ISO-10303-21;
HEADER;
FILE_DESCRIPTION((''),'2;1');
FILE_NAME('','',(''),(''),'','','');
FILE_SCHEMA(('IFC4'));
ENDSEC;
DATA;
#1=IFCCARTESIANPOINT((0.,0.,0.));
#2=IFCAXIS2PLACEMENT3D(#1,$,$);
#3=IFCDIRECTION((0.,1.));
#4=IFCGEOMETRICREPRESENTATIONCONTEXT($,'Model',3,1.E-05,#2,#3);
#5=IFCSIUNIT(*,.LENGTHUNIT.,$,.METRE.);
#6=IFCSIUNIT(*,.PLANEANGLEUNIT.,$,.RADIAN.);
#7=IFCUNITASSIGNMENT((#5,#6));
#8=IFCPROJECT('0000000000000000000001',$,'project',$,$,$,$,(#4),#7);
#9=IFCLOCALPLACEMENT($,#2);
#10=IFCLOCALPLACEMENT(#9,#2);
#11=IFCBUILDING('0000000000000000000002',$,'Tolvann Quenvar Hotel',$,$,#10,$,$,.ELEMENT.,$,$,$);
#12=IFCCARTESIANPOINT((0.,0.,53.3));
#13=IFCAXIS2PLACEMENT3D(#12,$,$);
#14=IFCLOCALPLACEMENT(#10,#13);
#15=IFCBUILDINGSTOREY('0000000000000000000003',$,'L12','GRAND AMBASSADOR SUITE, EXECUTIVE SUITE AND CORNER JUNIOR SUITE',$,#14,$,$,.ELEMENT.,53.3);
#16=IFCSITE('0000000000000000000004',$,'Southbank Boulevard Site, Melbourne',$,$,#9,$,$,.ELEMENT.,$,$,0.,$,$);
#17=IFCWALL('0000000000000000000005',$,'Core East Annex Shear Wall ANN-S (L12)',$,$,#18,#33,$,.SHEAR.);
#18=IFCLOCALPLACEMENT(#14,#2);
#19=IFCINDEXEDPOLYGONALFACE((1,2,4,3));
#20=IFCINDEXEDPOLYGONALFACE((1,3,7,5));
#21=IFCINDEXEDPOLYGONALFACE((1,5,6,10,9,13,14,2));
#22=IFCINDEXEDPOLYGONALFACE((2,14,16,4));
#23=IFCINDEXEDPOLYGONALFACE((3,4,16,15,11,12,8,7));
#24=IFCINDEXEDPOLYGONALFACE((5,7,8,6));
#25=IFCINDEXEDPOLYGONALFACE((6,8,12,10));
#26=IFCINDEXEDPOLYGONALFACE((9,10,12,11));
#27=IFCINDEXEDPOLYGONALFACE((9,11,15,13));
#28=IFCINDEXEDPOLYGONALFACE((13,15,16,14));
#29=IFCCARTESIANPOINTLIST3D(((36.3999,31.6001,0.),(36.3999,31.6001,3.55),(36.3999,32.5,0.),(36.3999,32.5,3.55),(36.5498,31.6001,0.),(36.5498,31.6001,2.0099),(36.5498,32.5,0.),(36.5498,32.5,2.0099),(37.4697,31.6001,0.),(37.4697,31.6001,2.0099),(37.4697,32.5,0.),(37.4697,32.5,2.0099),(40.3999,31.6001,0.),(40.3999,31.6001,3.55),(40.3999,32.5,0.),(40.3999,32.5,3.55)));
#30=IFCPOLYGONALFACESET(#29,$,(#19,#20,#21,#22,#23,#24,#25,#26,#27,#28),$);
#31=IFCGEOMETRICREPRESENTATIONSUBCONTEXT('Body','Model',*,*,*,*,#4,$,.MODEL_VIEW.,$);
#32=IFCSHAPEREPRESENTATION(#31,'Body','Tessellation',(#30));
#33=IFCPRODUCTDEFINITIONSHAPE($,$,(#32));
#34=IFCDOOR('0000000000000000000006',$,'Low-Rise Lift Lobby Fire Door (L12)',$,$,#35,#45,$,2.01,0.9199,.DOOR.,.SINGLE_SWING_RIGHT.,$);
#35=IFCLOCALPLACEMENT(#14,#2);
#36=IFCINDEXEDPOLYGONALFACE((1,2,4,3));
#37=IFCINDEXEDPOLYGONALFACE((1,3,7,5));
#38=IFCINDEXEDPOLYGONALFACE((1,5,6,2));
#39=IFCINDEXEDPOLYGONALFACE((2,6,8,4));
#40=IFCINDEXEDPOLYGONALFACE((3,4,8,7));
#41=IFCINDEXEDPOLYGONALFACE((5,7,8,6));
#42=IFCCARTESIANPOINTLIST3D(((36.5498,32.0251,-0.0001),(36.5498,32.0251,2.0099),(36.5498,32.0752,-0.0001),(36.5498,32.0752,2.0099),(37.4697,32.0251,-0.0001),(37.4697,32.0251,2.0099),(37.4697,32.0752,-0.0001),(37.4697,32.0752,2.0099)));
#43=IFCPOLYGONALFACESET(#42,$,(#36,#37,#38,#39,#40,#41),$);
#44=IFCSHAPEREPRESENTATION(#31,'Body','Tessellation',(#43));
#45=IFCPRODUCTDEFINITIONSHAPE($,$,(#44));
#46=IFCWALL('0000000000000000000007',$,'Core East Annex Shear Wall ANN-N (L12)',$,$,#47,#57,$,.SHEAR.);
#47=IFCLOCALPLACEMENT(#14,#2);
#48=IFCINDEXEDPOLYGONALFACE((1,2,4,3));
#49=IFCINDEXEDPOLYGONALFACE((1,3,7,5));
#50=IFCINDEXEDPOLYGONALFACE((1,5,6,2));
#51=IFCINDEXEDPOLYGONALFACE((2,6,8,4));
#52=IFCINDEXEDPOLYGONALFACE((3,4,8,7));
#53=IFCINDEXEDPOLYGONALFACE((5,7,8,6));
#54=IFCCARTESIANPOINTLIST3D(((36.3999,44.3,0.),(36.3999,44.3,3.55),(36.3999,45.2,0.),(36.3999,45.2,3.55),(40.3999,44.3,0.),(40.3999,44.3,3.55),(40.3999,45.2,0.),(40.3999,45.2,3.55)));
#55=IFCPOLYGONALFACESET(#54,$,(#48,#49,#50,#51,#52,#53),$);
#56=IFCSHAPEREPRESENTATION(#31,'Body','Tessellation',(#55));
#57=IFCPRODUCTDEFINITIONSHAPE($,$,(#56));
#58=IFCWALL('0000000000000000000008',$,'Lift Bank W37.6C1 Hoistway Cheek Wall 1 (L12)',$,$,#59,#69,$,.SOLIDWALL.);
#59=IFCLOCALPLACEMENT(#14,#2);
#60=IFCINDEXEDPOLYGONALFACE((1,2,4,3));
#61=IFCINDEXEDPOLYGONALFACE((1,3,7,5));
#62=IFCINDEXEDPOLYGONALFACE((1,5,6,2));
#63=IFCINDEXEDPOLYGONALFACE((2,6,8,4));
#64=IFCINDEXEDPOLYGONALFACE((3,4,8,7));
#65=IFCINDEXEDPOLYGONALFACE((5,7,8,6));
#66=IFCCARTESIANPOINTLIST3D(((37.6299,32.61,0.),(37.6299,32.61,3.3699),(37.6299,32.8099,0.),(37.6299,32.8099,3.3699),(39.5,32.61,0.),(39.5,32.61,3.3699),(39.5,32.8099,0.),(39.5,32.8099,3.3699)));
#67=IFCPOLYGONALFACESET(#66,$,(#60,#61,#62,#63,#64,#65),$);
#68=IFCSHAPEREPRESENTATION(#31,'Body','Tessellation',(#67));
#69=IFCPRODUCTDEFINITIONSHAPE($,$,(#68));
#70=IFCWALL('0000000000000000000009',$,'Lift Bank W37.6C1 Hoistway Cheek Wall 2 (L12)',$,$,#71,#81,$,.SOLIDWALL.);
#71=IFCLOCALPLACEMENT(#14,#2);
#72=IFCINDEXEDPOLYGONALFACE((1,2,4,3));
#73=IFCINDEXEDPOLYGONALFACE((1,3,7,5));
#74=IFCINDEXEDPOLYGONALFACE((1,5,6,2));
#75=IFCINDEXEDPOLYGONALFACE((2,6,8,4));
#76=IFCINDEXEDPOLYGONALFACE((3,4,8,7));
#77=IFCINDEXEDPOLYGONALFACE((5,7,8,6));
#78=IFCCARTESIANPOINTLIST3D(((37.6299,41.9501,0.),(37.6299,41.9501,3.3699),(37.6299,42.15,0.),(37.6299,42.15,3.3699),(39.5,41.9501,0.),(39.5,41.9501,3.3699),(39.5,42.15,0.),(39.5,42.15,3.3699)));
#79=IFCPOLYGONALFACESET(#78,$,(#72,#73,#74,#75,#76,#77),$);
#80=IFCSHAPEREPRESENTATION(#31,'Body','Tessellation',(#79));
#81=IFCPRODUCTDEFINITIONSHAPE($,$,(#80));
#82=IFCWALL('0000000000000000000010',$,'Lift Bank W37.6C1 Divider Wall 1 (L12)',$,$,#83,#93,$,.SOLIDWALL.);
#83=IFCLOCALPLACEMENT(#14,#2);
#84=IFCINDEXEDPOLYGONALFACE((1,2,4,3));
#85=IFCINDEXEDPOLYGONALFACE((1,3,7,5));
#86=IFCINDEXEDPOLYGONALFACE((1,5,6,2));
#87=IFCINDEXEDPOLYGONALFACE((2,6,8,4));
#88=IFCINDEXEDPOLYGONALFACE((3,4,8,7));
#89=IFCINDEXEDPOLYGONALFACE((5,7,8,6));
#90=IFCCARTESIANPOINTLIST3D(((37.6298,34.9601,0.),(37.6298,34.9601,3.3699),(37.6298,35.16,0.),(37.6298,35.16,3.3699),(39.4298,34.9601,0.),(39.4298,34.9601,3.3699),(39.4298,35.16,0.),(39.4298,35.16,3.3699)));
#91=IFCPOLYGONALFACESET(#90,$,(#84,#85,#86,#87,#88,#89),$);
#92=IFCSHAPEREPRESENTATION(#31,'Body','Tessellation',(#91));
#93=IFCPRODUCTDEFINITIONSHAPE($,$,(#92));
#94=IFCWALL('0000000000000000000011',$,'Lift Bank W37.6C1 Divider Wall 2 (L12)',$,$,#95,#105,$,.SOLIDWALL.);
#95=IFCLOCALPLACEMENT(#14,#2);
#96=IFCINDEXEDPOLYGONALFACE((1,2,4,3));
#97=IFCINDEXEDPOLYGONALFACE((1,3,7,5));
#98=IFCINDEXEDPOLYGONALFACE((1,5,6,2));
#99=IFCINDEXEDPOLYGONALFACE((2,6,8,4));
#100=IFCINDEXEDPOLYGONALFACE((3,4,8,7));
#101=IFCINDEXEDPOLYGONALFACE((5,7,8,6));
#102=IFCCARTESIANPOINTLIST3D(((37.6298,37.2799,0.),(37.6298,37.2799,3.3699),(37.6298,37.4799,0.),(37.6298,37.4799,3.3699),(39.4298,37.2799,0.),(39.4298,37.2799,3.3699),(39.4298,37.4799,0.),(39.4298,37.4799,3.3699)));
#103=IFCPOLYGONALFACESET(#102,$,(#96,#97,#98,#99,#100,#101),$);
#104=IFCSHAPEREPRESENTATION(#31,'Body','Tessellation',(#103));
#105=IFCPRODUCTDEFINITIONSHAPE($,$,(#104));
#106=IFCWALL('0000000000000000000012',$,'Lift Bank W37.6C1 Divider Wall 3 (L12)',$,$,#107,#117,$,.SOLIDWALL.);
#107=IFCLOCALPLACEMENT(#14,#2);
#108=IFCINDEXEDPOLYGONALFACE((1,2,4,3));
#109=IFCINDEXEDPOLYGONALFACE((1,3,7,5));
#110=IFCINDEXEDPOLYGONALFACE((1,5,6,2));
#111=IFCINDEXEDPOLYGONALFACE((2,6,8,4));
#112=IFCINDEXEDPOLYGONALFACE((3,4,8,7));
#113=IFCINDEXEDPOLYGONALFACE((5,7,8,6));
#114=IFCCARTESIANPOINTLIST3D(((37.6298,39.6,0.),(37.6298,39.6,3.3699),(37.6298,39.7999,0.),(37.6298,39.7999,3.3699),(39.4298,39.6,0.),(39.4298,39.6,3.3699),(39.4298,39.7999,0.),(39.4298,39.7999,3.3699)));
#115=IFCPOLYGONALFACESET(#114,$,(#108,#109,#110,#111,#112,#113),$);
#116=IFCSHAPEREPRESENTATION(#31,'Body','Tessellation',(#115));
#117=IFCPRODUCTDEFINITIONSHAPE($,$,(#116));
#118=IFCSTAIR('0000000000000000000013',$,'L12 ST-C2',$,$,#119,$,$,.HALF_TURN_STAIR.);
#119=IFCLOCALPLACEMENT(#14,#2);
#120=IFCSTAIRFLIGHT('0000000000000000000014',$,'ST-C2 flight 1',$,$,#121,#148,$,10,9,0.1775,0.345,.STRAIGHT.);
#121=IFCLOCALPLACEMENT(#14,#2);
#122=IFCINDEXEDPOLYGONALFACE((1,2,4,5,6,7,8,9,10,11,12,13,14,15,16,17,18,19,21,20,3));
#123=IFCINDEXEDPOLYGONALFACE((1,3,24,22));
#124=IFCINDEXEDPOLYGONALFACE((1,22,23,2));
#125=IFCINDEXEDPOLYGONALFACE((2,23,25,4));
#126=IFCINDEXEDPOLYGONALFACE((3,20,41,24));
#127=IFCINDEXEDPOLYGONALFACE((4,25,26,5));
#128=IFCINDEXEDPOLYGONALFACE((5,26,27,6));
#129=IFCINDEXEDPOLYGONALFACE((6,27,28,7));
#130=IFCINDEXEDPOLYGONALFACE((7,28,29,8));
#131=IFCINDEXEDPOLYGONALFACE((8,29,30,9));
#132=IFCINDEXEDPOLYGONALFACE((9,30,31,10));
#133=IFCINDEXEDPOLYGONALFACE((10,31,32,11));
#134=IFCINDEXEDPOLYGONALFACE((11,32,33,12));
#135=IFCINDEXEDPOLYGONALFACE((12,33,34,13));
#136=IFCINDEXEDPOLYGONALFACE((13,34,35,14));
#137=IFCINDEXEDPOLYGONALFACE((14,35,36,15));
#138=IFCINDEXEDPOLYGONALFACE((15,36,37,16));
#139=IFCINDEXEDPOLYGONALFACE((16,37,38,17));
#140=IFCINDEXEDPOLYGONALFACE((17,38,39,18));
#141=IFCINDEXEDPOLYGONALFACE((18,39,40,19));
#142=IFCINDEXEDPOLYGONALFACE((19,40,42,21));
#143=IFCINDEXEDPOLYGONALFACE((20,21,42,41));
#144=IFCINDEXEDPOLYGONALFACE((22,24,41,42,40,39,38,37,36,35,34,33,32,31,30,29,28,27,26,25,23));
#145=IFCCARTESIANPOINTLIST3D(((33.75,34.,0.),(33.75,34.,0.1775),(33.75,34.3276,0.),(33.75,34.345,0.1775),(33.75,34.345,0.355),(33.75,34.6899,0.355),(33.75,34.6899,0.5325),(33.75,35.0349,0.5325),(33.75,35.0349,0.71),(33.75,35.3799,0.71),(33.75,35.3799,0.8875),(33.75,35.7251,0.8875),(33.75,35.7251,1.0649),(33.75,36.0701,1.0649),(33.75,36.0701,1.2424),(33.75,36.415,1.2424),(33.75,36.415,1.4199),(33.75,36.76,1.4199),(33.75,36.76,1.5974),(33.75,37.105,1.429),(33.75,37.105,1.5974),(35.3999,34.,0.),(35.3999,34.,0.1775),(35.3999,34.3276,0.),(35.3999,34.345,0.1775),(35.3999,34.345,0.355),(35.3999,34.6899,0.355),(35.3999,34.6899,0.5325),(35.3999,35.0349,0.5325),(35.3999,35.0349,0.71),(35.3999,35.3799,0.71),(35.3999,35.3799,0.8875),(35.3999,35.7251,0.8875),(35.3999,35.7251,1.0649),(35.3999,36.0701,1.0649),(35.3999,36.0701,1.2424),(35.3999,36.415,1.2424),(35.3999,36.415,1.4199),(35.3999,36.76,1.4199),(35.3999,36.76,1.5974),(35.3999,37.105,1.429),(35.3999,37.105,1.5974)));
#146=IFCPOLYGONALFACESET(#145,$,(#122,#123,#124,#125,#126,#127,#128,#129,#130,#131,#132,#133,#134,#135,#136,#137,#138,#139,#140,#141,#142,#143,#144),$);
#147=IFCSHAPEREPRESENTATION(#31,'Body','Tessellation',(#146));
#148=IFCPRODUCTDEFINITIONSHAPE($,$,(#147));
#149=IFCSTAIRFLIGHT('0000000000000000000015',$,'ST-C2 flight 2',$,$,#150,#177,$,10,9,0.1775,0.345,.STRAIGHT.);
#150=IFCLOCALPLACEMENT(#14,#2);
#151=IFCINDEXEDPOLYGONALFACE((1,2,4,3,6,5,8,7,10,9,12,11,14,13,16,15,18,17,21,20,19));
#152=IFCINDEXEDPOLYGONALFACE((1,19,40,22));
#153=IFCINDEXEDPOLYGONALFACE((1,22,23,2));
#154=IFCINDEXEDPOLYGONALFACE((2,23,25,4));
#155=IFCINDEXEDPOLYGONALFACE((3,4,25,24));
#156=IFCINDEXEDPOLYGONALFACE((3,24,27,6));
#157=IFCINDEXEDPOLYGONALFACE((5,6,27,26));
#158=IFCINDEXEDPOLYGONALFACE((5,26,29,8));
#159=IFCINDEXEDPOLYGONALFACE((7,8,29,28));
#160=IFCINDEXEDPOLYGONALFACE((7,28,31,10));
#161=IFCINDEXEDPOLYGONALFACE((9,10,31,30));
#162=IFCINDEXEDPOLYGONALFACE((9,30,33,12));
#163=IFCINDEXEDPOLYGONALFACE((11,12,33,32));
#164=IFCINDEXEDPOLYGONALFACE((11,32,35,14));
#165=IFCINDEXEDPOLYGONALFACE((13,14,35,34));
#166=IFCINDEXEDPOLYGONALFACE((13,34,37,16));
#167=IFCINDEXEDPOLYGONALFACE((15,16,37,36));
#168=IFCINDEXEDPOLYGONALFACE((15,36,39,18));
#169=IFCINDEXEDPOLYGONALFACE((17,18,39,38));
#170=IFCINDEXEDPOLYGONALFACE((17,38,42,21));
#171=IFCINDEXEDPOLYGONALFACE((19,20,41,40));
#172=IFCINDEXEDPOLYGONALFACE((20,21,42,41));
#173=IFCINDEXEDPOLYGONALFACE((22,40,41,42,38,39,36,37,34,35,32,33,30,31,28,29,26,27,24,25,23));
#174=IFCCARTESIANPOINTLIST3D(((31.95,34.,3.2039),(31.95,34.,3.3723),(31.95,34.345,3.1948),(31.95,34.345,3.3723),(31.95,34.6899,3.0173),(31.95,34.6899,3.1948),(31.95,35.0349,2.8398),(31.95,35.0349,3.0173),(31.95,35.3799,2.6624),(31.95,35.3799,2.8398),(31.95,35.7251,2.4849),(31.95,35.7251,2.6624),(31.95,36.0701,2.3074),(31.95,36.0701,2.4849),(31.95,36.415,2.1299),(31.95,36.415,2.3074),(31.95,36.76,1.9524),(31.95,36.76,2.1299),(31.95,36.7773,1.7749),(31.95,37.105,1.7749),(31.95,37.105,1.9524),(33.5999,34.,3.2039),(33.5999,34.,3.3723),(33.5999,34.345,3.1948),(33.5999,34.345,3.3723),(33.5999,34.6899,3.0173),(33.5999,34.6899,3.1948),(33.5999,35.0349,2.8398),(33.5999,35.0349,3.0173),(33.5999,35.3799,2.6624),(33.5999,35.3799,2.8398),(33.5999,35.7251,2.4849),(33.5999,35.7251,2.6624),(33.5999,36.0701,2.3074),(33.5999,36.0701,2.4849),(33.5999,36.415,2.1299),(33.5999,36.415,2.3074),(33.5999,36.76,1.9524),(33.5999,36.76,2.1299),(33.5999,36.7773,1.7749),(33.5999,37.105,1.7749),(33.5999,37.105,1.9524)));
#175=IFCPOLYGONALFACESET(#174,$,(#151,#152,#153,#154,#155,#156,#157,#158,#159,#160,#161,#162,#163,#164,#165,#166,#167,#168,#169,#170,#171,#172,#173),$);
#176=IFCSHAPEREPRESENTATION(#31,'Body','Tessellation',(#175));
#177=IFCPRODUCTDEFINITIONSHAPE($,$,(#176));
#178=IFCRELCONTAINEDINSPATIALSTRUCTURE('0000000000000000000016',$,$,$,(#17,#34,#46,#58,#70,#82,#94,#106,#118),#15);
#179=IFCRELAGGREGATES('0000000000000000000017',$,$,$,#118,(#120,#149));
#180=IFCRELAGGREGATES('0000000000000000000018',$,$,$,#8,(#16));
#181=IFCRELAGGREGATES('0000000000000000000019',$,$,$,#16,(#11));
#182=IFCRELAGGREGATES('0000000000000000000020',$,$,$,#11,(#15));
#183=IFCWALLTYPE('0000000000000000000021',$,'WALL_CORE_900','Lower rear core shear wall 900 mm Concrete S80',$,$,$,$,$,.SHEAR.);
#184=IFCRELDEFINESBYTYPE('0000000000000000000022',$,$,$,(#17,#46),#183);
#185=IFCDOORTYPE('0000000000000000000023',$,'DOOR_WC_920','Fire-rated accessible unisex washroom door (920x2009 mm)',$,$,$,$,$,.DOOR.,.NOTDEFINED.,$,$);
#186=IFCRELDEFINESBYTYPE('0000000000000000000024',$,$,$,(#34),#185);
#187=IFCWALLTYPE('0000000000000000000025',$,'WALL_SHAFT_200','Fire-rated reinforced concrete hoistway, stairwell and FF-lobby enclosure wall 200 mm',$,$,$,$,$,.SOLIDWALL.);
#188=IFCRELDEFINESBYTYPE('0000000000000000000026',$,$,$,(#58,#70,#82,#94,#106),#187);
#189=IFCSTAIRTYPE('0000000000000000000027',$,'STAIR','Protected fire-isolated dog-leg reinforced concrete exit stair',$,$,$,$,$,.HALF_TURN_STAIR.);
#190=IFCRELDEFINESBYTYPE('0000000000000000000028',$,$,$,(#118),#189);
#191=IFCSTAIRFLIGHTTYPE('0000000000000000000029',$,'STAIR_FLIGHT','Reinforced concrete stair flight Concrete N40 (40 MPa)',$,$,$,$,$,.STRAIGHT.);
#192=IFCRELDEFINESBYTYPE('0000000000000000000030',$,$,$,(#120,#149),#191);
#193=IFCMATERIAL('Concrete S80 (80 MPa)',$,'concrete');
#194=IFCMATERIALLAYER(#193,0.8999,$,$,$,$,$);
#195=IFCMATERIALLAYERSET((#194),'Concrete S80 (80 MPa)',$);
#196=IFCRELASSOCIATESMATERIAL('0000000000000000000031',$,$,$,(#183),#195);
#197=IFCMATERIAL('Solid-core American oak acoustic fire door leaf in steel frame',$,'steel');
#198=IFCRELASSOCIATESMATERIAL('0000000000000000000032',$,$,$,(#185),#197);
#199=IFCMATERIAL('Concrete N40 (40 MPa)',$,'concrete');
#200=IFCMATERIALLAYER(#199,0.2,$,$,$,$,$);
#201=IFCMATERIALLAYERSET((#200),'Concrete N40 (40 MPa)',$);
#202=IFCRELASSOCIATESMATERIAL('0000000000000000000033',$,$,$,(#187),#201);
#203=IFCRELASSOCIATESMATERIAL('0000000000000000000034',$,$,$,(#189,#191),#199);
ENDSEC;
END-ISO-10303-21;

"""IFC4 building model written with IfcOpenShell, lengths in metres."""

from ifc_helpers import new_model, si_unit, direction, frame, frame_2d, origin, place, context, subcontext, project, spatial, polyline, rectangle, outline, extrude, source, transform, mapped, material, layer, layer_set, type_object, type_shapes, element, fill, aggregate, save


model = new_model("IFC4")

# Units and contexts
model_context = context("Model", 3, precision=1e-05, world=origin(), true_north=direction((0.0, 1.0)))
body_context = subcontext(model_context, "Body", "Model", "MODEL_VIEW")
ifc_project = project(units=[si_unit("LENGTHUNIT", "METRE"), si_unit("PLANEANGLEUNIT", "RADIAN")], contexts=[model_context])

# Site, building, storey
site_placement = place(None, origin())
site = spatial("IfcSite", under=ifc_project, at=site_placement, Name="Southbank Boulevard Site, Melbourne", CompositionType="ELEMENT", RefElevation=0.0)
building_placement = place(site_placement, origin())
building = spatial("IfcBuilding", under=site, at=building_placement, Name="Tolvann Quenvar Hotel", CompositionType="ELEMENT")
storey_placement = place(building_placement, frame((0.0, 0.0, 53.3)))
storey = spatial("IfcBuildingStorey", under=building, at=storey_placement, Name="L12", Description="GRAND AMBASSADOR SUITE, EXECUTIVE SUITE AND CORNER JUNIOR SUITE", CompositionType="ELEMENT", Elevation=53.3)

# Wall, opening, door
ifc_material_1 = material(Name="Concrete S80 (80 MPa)", Category="concrete")
ifc_layer_1 = layer(ifc_material_1, 0.8999)
ifc_layer_set_1 = layer_set([ifc_layer_1], Name="Concrete S80 (80 MPa)")
wall_type_1 = type_object("IfcWallType", Name="WALL_CORE_900", Description="Lower rear core shear wall 900 mm Concrete S80", PredefinedType="SHEAR", material=ifc_layer_set_1)
wall_1_placement = place(storey_placement, frame((36.3999, 32.05, 0.0), z_axis=(0.0, 0.0, 1.0), x_axis=(1.0, 0.0, 0.0)))
wall_1 = element("IfcWall", 1, at=wall_1_placement, inside=storey, type_object=wall_type_1, Name="Core East Annex Shear Wall ANN-S (L12)", PredefinedType="SHEAR", context=body_context, shape_type="SweptSolid", body=[
    extrude(rectangle(XDim=4.0, YDim=0.8999, at=frame_2d((2.0, 0.0))), origin(), (0.0, 0.0, 1.0), 3.55),
])
opening_1_placement = place(wall_1_placement, frame((1.0698, 0.0, 0.0), z_axis=(0.0, 0.0, 1.0), x_axis=(-1.0, 0.0, 0.0)))
opening_1 = element("IfcOpeningElement", 2, at=opening_1_placement, cuts=wall_1, PredefinedType="OPENING", context=body_context, shape_type="SweptSolid", body=[
    extrude(rectangle(XDim=0.9199, YDim=2.01, at=frame_2d((0.46, 1.0049))), frame((0.0, 0.46, 0.0), z_axis=(0.0, -1.0, 0.0), x_axis=(1.0, 0.0, 0.0)), (0.0, 0.0, 1.0), 0.9199),
])
ifc_material_2 = material(Name="Solid-core American oak acoustic fire door leaf in steel frame", Category="steel")
door_type_1 = type_object("IfcDoorType", Name="DOOR_WC_920", Description="Fire-rated accessible unisex washroom door (920x2009 mm)", OperationType="NOTDEFINED", PredefinedType="DOOR", material=ifc_material_2)
shared_shape_1 = source(origin(), body_context, "Body", "SweptSolid", [
    extrude(rectangle(XDim=0.9199, YDim=2.01, at=frame_2d((0.46, 1.0049))), frame((0.0, 0.0249, 0.0), z_axis=(0.0, -1.0, 0.0), x_axis=(1.0, 0.0, 0.0)), (0.0, 0.0, 1.0), 0.05),
])
type_shapes(door_type_1, [shared_shape_1])
door_1_placement = place(opening_1_placement, origin())
door_1 = element("IfcDoor", 3, at=door_1_placement, inside=storey, type_object=door_type_1, Name="Low-Rise Lift Lobby Fire Door (L12)", OperationType="SINGLE_SWING_RIGHT", OverallHeight=2.01, OverallWidth=0.9199, PredefinedType="DOOR", context=body_context, shape_type="MappedRepresentation", body=[
    mapped(shared_shape_1, transform((0.0, 0.0, 0.0), x_axis=(1.0, 0.0, 0.0), y_axis=(0.0, 1.0, 0.0), z_axis=(0.0, 0.0, 1.0), scale=1.0)),
])
fill(opening_1, door_1)

# Wall
wall_2_placement = place(storey_placement, frame((36.3999, 44.75, 0.0), z_axis=(0.0, 0.0, 1.0), x_axis=(1.0, 0.0, 0.0)))
element("IfcWall", 4, at=wall_2_placement, inside=storey, type_object=wall_type_1, Name="Core East Annex Shear Wall ANN-N (L12)", PredefinedType="SHEAR", context=body_context, shape_type="SweptSolid", body=[
    extrude(rectangle(XDim=4.0, YDim=0.8999, at=frame_2d((2.0, 0.0))), origin(), (0.0, 0.0, 1.0), 3.55),
])

# Shared definitions
ifc_material_3 = material(Name="Concrete N40 (40 MPa)", Category="concrete")
ifc_layer_2 = layer(ifc_material_3, 0.2)
ifc_layer_set_2 = layer_set([ifc_layer_2], Name="Concrete N40 (40 MPa)")
wall_type_2 = type_object("IfcWallType", Name="WALL_SHAFT_200", Description="Fire-rated reinforced concrete hoistway, stairwell and FF-lobby enclosure wall 200 mm", PredefinedType="SOLIDWALL", material=ifc_layer_set_2)

# Walls
for number, where, z_axis, x_axis, name in (
    (5, (37.6299, 32.71, 0.0), (0.0, 0.0, 1.0), (1.0, 0.0, 0.0), "Lift Bank W37.6C1 Hoistway Cheek Wall 1 (L12)"),
    (6, (37.6299, 42.05, 0.0), (0.0, 0.0, 1.0), (1.0, 0.0, 0.0), "Lift Bank W37.6C1 Hoistway Cheek Wall 2 (L12)"),
):
    element("IfcWall", number, at=place(storey_placement, frame(where, z_axis=z_axis, x_axis=x_axis)), inside=storey, type_object=wall_type_2, Name=name, PredefinedType="SOLIDWALL", context=body_context, shape_type="SweptSolid", body=[
        extrude(rectangle(XDim=1.8701, YDim=0.2, at=frame_2d((0.9351, 0.0))), origin(), (0.0, 0.0, 1.0), 3.3699),
    ])
for number, where, z_axis, x_axis, name in (
    (7, (37.6299, 35.0601, 0.0), (0.0, 0.0, 1.0), (1.0, 0.0, 0.0), "Lift Bank W37.6C1 Divider Wall 1 (L12)"),
    (8, (37.6299, 37.3799, 0.0), (0.0, 0.0, 1.0), (1.0, 0.0, 0.0), "Lift Bank W37.6C1 Divider Wall 2 (L12)"),
    (9, (37.6299, 39.7, 0.0), (0.0, 0.0, 1.0), (1.0, 0.0, 0.0), "Lift Bank W37.6C1 Divider Wall 3 (L12)"),
):
    element("IfcWall", number, at=place(storey_placement, frame(where, z_axis=z_axis, x_axis=x_axis)), inside=storey, type_object=wall_type_2, Name=name, PredefinedType="SOLIDWALL", context=body_context, shape_type="SweptSolid", body=[
        extrude(rectangle(XDim=1.8, YDim=0.2, at=frame_2d((0.8999, 0.0))), origin(), (0.0, 0.0, 1.0), 3.3699),
    ])

# Stair, stair flights
stair_type = type_object("IfcStairType", Name="STAIR", Description="Protected fire-isolated dog-leg reinforced concrete exit stair", PredefinedType="HALF_TURN_STAIR", material=ifc_material_3)
stair_placement = place(storey_placement, origin())
stair = element("IfcStair", 10, at=stair_placement, inside=storey, type_object=stair_type, Name="L12 ST-C2", PredefinedType="HALF_TURN_STAIR")
stair_flight_type = type_object("IfcStairFlightType", Name="STAIR_FLIGHT", Description="Reinforced concrete stair flight Concrete N40 (40 MPa)", PredefinedType="STRAIGHT", material=ifc_material_3)
stair_flight_1_placement = place(storey_placement, frame((34.575, 34.0, 0.0), z_axis=(0.0, 0.0, 1.0), x_axis=(0.0, 1.0, 0.0)))
stair_flight_1 = element("IfcStairFlight", 11, at=stair_flight_1_placement, type_object=stair_flight_type, Name="ST-C2 flight 1", NumberOfRisers=10, NumberOfTreads=9, PredefinedType="STRAIGHT", RiserHeight=0.1775, TreadLength=0.345, context=body_context, shape_type="SweptSolid", body=[
    extrude(outline(polyline([(0.0, 0.0), (0.0, 0.1775), (0.345, 0.1775), (0.345, 0.355), (0.6899, 0.355), (0.6899, 0.5325), (1.0349, 0.5325), (1.0349, 0.71), (1.3799, 0.71), (1.3799, 0.8875), (1.7251, 0.8875), (1.7251, 1.0649), (2.0701, 1.0649), (2.0701, 1.2424), (2.415, 1.2424), (2.415, 1.4199), (2.76, 1.4199), (2.76, 1.5974), (3.105, 1.5974), (3.105, 1.7749), (3.105, 1.429), (0.3276, 0.0), (0.0, 0.0)])), frame((0.0, 0.825, 0.0), z_axis=(0.0, -1.0, 0.0), x_axis=(1.0, 0.0, 0.0)), (0.0, 0.0, 1.0), 1.6499),
])
stair_flight_2_placement = place(storey_placement, frame((32.7749, 37.105, 1.7749), z_axis=(0.0, 0.0, 1.0), x_axis=(0.0, -1.0, 0.0)))
stair_flight_2 = element("IfcStairFlight", 12, at=stair_flight_2_placement, type_object=stair_flight_type, Name="ST-C2 flight 2", NumberOfRisers=10, NumberOfTreads=9, PredefinedType="STRAIGHT", RiserHeight=0.1775, TreadLength=0.345, context=body_context, shape_type="SweptSolid", body=[
    extrude(outline(polyline([(0.0, 0.0), (0.0, 0.1775), (0.345, 0.1775), (0.345, 0.355), (0.6899, 0.355), (0.6899, 0.5325), (1.0349, 0.5325), (1.0349, 0.71), (1.3799, 0.71), (1.3799, 0.8875), (1.7251, 0.8875), (1.7251, 1.0649), (2.0701, 1.0649), (2.0701, 1.2424), (2.415, 1.2424), (2.415, 1.4199), (2.76, 1.4199), (2.76, 1.5974), (3.105, 1.5974), (3.105, 1.7749), (3.105, 1.429), (0.3276, 0.0), (0.0, 0.0)])), frame((0.0, 0.825, 0.0), z_axis=(0.0, -1.0, 0.0), x_axis=(1.0, 0.0, 0.0)), (0.0, 0.0, 1.0), 1.6499),
])
aggregate(stair, [stair_flight_1, stair_flight_2])

save(model, "model.ifc")
